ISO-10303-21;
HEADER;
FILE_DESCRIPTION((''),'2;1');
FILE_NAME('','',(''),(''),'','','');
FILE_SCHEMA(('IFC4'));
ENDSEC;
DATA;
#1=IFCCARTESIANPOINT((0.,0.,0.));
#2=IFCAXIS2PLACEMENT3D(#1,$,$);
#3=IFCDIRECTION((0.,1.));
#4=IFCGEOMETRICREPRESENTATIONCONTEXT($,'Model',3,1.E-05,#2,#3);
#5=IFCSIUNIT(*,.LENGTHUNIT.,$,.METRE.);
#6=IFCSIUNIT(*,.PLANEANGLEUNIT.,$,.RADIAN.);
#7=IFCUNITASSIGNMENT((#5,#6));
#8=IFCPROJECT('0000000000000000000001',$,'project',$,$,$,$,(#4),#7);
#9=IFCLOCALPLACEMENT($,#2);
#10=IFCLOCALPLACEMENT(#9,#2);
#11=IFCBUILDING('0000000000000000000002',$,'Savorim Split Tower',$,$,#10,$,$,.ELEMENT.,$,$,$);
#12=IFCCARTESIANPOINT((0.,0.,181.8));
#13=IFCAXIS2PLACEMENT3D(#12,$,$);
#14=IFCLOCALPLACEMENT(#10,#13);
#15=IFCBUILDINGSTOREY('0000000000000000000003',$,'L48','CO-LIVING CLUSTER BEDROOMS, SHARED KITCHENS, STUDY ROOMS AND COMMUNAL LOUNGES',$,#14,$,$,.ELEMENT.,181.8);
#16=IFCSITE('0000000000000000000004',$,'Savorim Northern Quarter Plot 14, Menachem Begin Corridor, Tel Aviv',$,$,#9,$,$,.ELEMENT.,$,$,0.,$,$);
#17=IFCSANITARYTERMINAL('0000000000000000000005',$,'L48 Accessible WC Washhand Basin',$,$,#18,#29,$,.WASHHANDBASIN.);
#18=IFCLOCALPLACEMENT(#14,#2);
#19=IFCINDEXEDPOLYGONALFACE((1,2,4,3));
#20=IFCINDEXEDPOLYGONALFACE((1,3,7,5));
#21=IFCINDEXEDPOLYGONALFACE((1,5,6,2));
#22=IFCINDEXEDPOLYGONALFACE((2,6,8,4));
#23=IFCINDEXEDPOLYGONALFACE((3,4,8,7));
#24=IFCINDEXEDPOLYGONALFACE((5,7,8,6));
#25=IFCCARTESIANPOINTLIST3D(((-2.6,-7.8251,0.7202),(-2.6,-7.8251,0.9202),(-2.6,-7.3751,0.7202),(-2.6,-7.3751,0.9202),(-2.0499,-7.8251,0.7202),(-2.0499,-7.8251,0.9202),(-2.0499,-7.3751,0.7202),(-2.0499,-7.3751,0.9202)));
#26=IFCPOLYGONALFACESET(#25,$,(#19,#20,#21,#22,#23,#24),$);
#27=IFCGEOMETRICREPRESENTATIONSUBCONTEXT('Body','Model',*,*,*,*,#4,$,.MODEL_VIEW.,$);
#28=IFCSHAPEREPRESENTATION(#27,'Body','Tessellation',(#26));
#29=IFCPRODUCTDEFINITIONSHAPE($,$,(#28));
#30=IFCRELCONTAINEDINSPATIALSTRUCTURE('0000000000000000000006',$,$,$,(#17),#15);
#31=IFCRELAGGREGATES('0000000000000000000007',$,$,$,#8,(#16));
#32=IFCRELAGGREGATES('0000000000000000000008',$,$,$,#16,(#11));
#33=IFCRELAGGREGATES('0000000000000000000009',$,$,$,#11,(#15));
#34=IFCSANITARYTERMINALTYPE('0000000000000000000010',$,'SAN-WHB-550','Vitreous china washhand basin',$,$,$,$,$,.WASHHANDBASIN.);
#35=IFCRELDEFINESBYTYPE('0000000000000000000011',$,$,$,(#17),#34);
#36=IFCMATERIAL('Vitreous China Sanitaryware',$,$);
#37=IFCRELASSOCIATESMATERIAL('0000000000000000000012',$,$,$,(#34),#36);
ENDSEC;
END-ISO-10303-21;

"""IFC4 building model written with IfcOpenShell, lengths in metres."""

from ifc_helpers import new_model, si_unit, direction, frame, origin, origin_2d, place, context, subcontext, project, spatial, rectangle, extrude, material, type_object, element, save


model = new_model("IFC4")

# Units and contexts
model_context = context("Model", 3, precision=1e-05, world=origin(), true_north=direction((0.0, 1.0)))
body_context = subcontext(model_context, "Body", "Model", "MODEL_VIEW")
ifc_project = project(units=[si_unit("LENGTHUNIT", "METRE"), si_unit("PLANEANGLEUNIT", "RADIAN")], contexts=[model_context])

# Site, building, storey
site_placement = place(None, origin())
site = spatial("IfcSite", under=ifc_project, at=site_placement, Name="Savorim Northern Quarter Plot 14, Menachem Begin Corridor, Tel Aviv", CompositionType="ELEMENT", RefElevation=0.0)
building_placement = place(site_placement, origin())
building = spatial("IfcBuilding", under=site, at=building_placement, Name="Savorim Split Tower", CompositionType="ELEMENT")
storey_placement = place(building_placement, frame((0.0, 0.0, 181.8)))
storey = spatial("IfcBuildingStorey", under=building, at=storey_placement, Name="L48", Description="CO-LIVING CLUSTER BEDROOMS, SHARED KITCHENS, STUDY ROOMS AND COMMUNAL LOUNGES", CompositionType="ELEMENT", Elevation=181.8)

# Sanitary terminal
ifc_material_1 = material(Name="Vitreous China Sanitaryware")
sanitary_terminal_type_1 = type_object("IfcSanitaryTerminalType", Name="SAN-WHB-550", Description="Vitreous china washhand basin", PredefinedType="WASHHANDBASIN", material=ifc_material_1)
sanitary_terminal_1_placement = place(storey_placement, frame((-2.325, -7.6001, 0.7202), z_axis=(0.0, 0.0, 1.0), x_axis=(1.0, 0.0, 0.0)))
element("IfcSanitaryTerminal", 1, at=sanitary_terminal_1_placement, inside=storey, type_object=sanitary_terminal_type_1, Name="L48 Accessible WC Washhand Basin", PredefinedType="WASHHANDBASIN", context=body_context, shape_type="SweptSolid", body=[
    extrude(rectangle(XDim=0.55, YDim=0.45, at=origin_2d()), origin(), (0.0, 0.0, 1.0), 0.2),
])

save(model, "model.ifc")
